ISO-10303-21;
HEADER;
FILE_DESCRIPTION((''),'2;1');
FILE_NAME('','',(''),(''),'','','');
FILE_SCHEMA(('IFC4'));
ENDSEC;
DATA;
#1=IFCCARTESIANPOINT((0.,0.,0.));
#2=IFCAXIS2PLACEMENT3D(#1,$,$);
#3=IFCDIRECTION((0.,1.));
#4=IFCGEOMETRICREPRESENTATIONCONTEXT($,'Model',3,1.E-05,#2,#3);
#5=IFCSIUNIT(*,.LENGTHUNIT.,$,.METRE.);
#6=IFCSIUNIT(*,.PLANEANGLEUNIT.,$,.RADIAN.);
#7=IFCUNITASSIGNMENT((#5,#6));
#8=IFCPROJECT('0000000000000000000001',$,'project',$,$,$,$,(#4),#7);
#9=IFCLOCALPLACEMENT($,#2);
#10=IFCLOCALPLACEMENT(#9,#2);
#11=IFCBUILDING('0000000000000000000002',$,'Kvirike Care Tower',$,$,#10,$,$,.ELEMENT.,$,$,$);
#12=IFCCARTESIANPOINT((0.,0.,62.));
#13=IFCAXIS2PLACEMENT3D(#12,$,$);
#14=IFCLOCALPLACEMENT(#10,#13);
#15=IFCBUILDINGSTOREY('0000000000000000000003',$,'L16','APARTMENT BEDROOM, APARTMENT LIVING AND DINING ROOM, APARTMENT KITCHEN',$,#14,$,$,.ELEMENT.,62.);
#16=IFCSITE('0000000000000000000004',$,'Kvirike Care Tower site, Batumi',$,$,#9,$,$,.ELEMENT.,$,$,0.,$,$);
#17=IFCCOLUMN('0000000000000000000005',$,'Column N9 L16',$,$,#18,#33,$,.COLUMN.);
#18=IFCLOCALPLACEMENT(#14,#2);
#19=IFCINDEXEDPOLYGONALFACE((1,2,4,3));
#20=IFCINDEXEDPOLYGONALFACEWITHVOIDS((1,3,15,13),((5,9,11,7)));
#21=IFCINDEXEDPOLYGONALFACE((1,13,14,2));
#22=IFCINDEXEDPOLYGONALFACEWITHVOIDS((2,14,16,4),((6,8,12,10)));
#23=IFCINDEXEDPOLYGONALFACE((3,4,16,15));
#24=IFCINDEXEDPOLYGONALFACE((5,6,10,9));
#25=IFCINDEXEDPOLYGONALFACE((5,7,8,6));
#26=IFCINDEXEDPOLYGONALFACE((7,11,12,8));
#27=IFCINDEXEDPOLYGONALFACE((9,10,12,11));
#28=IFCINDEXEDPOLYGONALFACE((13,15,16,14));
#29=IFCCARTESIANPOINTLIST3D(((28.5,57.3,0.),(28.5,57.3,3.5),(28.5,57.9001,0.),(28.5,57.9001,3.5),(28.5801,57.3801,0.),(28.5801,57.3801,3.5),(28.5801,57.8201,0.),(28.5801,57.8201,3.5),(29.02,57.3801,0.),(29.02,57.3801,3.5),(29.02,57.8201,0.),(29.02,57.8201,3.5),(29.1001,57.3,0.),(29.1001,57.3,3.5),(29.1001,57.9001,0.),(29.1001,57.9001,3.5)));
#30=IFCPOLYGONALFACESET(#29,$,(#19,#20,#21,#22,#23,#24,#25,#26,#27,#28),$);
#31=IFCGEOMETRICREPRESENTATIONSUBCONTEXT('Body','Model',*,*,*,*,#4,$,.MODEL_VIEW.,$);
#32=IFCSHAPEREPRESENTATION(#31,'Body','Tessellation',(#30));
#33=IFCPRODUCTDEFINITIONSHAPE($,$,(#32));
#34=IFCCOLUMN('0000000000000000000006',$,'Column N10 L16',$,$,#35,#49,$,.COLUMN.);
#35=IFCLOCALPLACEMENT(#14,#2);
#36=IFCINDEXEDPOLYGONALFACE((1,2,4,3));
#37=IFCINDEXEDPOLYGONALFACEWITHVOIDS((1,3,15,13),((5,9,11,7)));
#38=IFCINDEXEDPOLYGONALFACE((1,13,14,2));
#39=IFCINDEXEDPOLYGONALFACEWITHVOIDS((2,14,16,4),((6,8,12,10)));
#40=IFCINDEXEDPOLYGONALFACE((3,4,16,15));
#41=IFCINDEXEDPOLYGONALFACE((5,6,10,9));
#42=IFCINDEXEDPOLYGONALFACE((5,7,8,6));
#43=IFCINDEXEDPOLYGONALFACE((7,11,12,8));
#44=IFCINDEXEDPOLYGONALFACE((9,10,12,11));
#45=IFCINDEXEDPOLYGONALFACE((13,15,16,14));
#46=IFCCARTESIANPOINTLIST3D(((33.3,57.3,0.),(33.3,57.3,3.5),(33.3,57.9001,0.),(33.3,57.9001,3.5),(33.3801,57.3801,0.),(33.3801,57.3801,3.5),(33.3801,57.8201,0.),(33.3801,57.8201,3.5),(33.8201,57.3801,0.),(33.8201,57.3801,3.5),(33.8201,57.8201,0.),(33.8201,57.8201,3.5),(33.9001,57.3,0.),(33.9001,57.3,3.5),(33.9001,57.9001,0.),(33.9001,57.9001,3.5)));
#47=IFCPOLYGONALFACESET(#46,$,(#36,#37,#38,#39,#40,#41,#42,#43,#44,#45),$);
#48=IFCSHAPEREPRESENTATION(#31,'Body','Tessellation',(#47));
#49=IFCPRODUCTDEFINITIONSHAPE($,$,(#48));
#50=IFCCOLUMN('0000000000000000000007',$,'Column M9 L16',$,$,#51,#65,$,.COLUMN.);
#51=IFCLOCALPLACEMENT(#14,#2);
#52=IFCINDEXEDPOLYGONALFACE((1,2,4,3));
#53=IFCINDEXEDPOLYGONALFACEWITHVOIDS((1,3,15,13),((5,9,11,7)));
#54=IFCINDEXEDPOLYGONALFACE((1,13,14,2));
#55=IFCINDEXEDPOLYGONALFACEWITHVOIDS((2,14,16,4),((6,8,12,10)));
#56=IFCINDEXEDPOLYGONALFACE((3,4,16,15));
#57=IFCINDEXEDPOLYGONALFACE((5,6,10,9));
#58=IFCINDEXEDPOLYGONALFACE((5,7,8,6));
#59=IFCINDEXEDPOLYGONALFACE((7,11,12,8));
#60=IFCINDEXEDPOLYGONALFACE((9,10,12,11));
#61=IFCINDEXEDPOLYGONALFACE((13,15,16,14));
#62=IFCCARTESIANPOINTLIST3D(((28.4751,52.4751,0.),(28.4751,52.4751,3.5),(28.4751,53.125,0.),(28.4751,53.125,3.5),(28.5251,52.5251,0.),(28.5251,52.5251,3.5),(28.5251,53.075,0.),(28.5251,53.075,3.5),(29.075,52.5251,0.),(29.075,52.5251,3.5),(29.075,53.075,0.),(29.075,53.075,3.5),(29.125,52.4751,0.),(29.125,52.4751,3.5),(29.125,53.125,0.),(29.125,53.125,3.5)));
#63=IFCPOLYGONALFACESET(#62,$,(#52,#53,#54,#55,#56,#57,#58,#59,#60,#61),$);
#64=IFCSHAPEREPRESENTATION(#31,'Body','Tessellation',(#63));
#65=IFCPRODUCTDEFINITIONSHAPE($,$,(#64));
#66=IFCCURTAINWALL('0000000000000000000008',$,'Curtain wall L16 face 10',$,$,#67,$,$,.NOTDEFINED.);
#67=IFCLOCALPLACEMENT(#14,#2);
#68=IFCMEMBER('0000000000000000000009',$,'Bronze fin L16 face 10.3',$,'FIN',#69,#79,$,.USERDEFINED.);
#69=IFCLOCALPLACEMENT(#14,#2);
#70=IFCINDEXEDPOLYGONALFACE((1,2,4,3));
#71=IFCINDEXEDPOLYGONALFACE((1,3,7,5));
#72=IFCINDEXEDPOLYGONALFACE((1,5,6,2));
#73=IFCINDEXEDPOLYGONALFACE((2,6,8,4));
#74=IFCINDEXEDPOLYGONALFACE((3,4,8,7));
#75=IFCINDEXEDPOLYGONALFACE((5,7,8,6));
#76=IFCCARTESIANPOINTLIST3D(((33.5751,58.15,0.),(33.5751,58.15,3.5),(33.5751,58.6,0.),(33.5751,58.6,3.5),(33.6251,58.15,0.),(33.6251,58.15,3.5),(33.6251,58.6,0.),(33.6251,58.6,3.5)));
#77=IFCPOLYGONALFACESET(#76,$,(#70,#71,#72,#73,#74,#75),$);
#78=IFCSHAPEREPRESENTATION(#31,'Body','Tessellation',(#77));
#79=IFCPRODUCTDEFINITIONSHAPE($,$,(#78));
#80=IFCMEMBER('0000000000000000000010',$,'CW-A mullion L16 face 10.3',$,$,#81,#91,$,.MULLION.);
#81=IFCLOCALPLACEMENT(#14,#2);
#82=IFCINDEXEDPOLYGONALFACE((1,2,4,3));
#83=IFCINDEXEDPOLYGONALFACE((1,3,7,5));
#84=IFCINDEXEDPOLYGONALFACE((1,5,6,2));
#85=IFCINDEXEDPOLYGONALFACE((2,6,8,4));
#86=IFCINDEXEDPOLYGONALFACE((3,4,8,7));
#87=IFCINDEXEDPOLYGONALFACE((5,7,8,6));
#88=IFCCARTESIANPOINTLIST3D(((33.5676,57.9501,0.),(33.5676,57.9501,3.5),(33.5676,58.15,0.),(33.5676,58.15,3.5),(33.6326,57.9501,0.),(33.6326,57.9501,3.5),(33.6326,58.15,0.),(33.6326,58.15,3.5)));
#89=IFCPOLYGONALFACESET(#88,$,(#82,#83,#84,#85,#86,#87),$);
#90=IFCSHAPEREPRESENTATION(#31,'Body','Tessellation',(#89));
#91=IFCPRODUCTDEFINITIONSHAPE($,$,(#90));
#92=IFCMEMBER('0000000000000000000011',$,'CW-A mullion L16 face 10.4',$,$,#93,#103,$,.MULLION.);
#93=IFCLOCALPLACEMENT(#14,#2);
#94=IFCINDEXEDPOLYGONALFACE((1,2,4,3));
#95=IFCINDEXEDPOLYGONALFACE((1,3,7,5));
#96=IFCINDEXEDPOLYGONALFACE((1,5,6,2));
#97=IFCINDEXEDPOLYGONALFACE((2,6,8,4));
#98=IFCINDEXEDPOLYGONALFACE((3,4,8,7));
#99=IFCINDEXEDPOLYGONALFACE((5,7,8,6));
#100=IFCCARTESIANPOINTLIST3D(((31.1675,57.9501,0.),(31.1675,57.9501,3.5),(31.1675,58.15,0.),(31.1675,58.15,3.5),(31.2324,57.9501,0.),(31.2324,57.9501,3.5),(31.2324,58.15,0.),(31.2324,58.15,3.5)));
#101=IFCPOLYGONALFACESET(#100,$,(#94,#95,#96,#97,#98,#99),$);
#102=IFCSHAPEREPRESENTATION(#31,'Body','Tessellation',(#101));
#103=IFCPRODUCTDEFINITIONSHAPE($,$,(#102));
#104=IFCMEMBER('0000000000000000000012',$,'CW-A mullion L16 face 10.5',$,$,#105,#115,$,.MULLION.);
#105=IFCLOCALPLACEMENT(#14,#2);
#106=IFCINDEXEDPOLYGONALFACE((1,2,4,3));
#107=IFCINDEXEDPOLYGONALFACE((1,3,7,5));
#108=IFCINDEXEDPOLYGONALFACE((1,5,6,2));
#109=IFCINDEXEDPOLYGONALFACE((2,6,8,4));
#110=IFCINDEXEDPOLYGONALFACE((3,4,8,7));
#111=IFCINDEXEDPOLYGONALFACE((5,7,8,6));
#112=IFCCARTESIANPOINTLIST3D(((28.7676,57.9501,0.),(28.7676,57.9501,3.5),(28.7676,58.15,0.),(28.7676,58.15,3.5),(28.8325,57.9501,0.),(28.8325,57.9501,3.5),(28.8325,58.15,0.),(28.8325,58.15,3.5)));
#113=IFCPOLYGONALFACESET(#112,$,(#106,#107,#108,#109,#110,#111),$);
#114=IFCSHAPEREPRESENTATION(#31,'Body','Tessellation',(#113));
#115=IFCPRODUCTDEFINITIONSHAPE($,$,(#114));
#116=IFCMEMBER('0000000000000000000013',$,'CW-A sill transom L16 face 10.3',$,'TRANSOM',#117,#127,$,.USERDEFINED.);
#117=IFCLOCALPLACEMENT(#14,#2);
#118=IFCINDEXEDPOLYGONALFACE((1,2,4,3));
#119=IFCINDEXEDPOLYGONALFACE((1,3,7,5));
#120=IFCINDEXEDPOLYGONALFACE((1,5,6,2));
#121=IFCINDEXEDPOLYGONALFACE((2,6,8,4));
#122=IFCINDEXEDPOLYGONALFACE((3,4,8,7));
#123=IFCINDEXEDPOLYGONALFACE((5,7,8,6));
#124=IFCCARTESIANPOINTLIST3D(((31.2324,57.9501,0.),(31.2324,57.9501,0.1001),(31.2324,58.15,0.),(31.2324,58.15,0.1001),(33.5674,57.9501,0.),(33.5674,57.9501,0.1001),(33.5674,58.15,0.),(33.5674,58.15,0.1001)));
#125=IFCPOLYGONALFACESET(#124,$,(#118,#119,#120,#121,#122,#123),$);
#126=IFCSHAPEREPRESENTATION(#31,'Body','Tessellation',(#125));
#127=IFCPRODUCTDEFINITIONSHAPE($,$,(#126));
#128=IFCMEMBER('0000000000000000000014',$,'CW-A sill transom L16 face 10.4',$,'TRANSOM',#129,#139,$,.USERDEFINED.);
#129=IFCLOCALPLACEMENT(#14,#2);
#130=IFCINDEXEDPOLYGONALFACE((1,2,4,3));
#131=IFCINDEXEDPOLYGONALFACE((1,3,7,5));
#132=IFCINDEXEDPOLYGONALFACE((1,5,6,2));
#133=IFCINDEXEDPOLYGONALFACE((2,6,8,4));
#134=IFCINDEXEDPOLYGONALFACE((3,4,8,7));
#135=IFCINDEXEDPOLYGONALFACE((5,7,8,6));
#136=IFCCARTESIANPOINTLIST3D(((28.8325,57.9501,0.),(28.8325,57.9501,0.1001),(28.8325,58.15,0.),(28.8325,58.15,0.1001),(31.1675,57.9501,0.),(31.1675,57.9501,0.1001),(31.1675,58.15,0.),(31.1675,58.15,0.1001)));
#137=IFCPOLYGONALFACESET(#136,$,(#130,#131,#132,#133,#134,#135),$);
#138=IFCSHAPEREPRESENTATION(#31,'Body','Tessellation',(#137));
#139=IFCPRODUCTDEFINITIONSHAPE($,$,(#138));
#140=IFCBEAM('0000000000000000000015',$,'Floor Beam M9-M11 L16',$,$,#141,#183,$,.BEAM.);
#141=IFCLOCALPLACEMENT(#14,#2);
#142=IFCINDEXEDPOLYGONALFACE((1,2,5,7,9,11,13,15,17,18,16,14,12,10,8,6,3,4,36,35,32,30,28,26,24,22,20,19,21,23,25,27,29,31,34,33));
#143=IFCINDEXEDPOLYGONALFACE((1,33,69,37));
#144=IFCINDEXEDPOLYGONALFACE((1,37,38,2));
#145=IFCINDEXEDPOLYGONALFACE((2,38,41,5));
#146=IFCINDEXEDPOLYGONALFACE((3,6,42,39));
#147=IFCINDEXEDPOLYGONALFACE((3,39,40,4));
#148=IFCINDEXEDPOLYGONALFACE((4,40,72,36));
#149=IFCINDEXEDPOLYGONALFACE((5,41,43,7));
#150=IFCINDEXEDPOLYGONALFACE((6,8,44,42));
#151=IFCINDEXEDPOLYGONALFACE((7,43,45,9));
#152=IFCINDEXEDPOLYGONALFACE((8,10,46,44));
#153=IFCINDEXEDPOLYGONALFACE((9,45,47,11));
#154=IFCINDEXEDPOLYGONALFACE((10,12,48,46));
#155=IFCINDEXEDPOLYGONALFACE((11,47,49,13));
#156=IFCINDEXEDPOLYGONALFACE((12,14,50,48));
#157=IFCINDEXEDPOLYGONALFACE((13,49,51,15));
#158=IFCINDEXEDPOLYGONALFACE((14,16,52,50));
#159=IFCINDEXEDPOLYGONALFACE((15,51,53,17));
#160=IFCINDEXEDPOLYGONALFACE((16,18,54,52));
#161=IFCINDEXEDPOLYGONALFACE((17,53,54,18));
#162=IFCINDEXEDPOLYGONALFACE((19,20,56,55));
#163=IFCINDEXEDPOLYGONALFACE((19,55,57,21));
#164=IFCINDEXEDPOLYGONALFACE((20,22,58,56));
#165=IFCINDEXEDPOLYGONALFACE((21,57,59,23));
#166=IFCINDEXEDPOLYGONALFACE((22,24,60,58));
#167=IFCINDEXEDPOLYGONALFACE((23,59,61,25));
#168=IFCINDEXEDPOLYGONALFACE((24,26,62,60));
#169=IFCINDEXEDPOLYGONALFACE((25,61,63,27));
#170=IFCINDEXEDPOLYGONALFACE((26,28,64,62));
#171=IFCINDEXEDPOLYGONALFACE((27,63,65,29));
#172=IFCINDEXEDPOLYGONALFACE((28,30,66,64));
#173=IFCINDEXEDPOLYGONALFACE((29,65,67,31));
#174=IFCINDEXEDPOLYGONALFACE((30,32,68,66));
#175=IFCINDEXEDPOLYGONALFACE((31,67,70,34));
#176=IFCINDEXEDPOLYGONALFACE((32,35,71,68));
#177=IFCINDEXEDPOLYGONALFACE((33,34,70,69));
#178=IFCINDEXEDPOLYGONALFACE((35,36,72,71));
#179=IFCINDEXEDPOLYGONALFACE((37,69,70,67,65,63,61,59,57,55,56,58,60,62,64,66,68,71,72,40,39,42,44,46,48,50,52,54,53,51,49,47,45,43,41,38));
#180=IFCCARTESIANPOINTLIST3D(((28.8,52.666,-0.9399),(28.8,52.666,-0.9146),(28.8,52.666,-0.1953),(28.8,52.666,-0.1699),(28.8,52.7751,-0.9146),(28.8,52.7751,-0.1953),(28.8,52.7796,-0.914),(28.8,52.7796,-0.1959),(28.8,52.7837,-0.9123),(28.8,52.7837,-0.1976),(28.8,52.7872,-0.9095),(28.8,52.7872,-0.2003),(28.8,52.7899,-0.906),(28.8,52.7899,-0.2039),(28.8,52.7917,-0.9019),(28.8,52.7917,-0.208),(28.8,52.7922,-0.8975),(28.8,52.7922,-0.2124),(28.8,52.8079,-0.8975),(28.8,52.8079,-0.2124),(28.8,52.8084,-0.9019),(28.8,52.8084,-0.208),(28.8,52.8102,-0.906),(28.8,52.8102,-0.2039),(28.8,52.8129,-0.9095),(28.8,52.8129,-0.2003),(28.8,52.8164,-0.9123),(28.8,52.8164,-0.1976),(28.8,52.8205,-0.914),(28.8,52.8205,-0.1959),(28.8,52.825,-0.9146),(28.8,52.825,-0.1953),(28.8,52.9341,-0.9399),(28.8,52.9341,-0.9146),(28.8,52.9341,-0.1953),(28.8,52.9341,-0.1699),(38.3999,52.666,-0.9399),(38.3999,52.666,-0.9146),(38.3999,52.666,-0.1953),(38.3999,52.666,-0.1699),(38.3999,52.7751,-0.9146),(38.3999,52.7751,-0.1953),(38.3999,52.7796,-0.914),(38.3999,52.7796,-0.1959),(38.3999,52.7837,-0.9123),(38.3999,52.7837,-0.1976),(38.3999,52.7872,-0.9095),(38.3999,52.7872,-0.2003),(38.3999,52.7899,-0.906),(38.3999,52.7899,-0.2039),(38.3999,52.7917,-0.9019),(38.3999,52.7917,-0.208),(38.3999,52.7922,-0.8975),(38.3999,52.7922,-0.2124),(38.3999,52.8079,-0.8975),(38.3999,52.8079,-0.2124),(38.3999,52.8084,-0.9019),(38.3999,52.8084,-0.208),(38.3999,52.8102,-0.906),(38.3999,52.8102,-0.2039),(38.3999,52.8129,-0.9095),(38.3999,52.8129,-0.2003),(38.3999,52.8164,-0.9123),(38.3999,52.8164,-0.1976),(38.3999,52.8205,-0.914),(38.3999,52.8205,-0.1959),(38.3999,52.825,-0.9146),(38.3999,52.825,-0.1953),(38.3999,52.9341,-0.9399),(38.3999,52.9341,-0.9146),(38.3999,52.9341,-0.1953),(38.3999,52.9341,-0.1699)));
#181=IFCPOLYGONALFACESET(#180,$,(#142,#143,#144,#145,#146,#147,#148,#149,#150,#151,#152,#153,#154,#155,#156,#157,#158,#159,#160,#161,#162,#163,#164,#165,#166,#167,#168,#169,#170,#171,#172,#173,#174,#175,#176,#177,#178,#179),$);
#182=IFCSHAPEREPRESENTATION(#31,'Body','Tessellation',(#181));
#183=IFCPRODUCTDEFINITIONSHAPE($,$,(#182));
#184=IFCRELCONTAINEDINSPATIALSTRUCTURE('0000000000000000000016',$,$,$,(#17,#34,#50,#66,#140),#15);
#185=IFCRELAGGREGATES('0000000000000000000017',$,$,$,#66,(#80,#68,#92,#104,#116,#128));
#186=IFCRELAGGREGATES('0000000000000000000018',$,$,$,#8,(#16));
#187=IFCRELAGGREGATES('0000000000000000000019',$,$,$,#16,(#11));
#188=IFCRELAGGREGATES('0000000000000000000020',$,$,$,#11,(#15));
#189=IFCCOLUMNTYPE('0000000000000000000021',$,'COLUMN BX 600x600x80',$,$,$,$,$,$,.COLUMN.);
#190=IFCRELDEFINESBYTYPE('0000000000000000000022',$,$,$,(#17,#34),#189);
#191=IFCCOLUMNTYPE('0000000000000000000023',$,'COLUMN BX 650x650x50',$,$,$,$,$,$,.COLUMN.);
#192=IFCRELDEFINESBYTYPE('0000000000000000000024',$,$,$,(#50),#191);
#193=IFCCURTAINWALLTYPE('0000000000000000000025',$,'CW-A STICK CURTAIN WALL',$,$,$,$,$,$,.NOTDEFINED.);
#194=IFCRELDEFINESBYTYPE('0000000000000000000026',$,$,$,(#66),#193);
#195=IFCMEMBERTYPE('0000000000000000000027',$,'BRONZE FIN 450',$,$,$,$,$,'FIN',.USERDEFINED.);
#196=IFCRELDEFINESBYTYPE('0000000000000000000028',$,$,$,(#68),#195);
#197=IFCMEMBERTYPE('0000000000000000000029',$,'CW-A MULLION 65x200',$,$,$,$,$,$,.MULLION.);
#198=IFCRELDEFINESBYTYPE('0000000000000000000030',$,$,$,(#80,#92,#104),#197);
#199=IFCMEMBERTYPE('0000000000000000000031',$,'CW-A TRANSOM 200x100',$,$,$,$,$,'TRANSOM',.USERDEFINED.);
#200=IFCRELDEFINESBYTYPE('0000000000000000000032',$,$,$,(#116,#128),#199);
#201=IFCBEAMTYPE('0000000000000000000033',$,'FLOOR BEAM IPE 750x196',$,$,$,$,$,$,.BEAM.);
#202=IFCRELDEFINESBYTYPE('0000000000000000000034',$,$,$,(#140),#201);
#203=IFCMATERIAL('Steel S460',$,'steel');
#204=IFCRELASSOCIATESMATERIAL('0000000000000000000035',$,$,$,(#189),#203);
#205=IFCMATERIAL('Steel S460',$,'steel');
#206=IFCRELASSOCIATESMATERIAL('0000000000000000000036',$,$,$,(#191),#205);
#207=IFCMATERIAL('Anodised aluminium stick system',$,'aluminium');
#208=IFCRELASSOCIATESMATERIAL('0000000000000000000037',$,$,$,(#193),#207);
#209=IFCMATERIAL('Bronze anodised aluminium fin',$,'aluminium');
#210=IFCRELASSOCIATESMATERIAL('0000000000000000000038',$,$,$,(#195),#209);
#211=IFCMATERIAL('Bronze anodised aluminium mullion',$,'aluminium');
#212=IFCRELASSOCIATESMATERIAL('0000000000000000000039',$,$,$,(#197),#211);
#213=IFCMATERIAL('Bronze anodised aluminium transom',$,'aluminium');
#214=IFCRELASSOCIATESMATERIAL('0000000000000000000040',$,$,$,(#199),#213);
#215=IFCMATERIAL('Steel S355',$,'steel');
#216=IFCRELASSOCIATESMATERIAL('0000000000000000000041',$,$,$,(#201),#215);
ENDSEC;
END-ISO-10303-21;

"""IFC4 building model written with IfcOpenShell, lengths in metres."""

from ifc_helpers import new_model, si_unit, direction, frame, origin, origin_2d, place, context, subcontext, project, spatial, rectangle, hollow_rectangle, i_section, extrude, material, material_profile, profile_set, type_object, element, aggregate, save


model = new_model("IFC4")

# Units and contexts
model_context = context("Model", 3, precision=1e-05, world=origin(), true_north=direction((0.0, 1.0)))
body_context = subcontext(model_context, "Body", "Model", "MODEL_VIEW")
ifc_project = project(units=[si_unit("LENGTHUNIT", "METRE"), si_unit("PLANEANGLEUNIT", "RADIAN")], contexts=[model_context])

# Site, building, storey
site_placement = place(None, origin())
site = spatial("IfcSite", under=ifc_project, at=site_placement, Name="Kvirike Care Tower site, Batumi", CompositionType="ELEMENT", RefElevation=0.0)
building_placement = place(site_placement, origin())
building = spatial("IfcBuilding", under=site, at=building_placement, Name="Kvirike Care Tower", CompositionType="ELEMENT")
storey_placement = place(building_placement, frame((0.0, 0.0, 62.0)))
storey = spatial("IfcBuildingStorey", under=building, at=storey_placement, Name="L16", Description="APARTMENT BEDROOM, APARTMENT LIVING AND DINING ROOM, APARTMENT KITCHEN", CompositionType="ELEMENT", Elevation=62.0)

# Columns
ifc_material_1 = material(Name="Steel S460", Category="steel")
ifc_material_profile_1 = material_profile(ifc_material_1, hollow_rectangle(XDim=0.6001, YDim=0.6001, WallThickness=0.0801, at=origin_2d()), Name="BX 600x600x80")
ifc_profile_set_1 = profile_set([ifc_material_profile_1], Name="Steel S460")
column_type_1 = type_object("IfcColumnType", Name="COLUMN BX 600x600x80", PredefinedType="COLUMN", material=ifc_profile_set_1)
for number, where, z_axis, x_axis, name in (
    (1, (28.8, 57.6001, 0.0), (0.0, 0.0, 1.0), (0.0, 1.0, 0.0), "Column N9 L16"),
    (2, (33.6001, 57.6001, 0.0), (0.0, 0.0, 1.0), (0.0, 1.0, 0.0), "Column N10 L16"),
):
    element("IfcColumn", number, at=place(storey_placement, frame(where, z_axis=z_axis, x_axis=x_axis)), inside=storey, type_object=column_type_1, Name=name, PredefinedType="COLUMN", context=body_context, shape_type="SweptSolid", body=[
        extrude(hollow_rectangle(XDim=0.6001, YDim=0.6001, WallThickness=0.0801, at=origin_2d()), origin(), (0.0, 0.0, 1.0), 3.5),
    ])
ifc_material_2 = material(Name="Steel S460", Category="steel")
ifc_material_profile_2 = material_profile(ifc_material_2, hollow_rectangle(XDim=0.6499, YDim=0.6499, WallThickness=0.05, at=origin_2d()), Name="BX 650x650x50")
ifc_profile_set_2 = profile_set([ifc_material_profile_2], Name="Steel S460")
column_type_2 = type_object("IfcColumnType", Name="COLUMN BX 650x650x50", PredefinedType="COLUMN", material=ifc_profile_set_2)
column_placement = place(storey_placement, frame((28.8, 52.8, 0.0), z_axis=(0.0, 0.0, 1.0), x_axis=(1.0, 0.0, 0.0)))
element("IfcColumn", 3, at=column_placement, inside=storey, type_object=column_type_2, Name="Column M9 L16", PredefinedType="COLUMN", context=body_context, shape_type="SweptSolid", body=[
    extrude(hollow_rectangle(XDim=0.6499, YDim=0.6499, WallThickness=0.05, at=origin_2d()), origin(), (0.0, 0.0, 1.0), 3.5),
])

# Curtain wall, members
ifc_material_3 = material(Name="Anodised aluminium stick system", Category="aluminium")
curtain_wall_type = type_object("IfcCurtainWallType", Name="CW-A STICK CURTAIN WALL", PredefinedType="NOTDEFINED", material=ifc_material_3)
curtain_wall_placement = place(storey_placement, origin())
curtain_wall = element("IfcCurtainWall", 4, at=curtain_wall_placement, inside=storey, type_object=curtain_wall_type, Name="Curtain wall L16 face 10", PredefinedType="NOTDEFINED")
ifc_material_4 = material(Name="Bronze anodised aluminium fin", Category="aluminium")
ifc_material_profile_3 = material_profile(ifc_material_4, rectangle(XDim=0.05, YDim=0.45, at=origin_2d()), Name="BRONZE FIN 450")
ifc_profile_set_3 = profile_set([ifc_material_profile_3], Name="Bronze anodised aluminium fin")
member_type_1 = type_object("IfcMemberType", Name="BRONZE FIN 450", ElementType="FIN", PredefinedType="USERDEFINED", material=ifc_profile_set_3)
member_1_placement = place(storey_placement, frame((33.6001, 58.375, 0.0), z_axis=(0.0, 0.0, 1.0), x_axis=(-1.0, 0.0, 0.0)))
member_1 = element("IfcMember", 5, at=member_1_placement, type_object=member_type_1, Name="Bronze fin L16 face 10.3", ObjectType="FIN", PredefinedType="USERDEFINED", context=body_context, shape_type="SweptSolid", body=[
    extrude(rectangle(XDim=0.05, YDim=0.45, at=origin_2d()), origin(), (0.0, 0.0, 1.0), 3.5),
])
ifc_material_5 = material(Name="Bronze anodised aluminium mullion", Category="aluminium")
ifc_material_profile_4 = material_profile(ifc_material_5, rectangle(XDim=0.0649, YDim=0.2, at=origin_2d()), Name="CW-A MULLION 65x200")
ifc_profile_set_4 = profile_set([ifc_material_profile_4], Name="Bronze anodised aluminium mullion")
member_type_2 = type_object("IfcMemberType", Name="CW-A MULLION 65x200", PredefinedType="MULLION", material=ifc_profile_set_4)
member_2_placement = place(storey_placement, frame((33.6001, 58.05, 0.0), z_axis=(0.0, 0.0, 1.0), x_axis=(-1.0, 0.0, 0.0)))
member_2 = element("IfcMember", 6, at=member_2_placement, type_object=member_type_2, Name="CW-A mullion L16 face 10.3", PredefinedType="MULLION", context=body_context, shape_type="SweptSolid", body=[
    extrude(rectangle(XDim=0.0649, YDim=0.2, at=origin_2d()), origin(), (0.0, 0.0, 1.0), 3.5),
])
member_3_placement = place(storey_placement, frame((31.2, 58.05, 0.0), z_axis=(0.0, 0.0, 1.0), x_axis=(-1.0, 0.0, 0.0)))
member_3 = element("IfcMember", 7, at=member_3_placement, type_object=member_type_2, Name="CW-A mullion L16 face 10.4", PredefinedType="MULLION", context=body_context, shape_type="SweptSolid", body=[
    extrude(rectangle(XDim=0.0649, YDim=0.2, at=origin_2d()), origin(), (0.0, 0.0, 1.0), 3.5),
])
member_4_placement = place(storey_placement, frame((28.8, 58.05, 0.0), z_axis=(0.0, 0.0, 1.0), x_axis=(-1.0, 0.0, 0.0)))
member_4 = element("IfcMember", 8, at=member_4_placement, type_object=member_type_2, Name="CW-A mullion L16 face 10.5", PredefinedType="MULLION", context=body_context, shape_type="SweptSolid", body=[
    extrude(rectangle(XDim=0.0649, YDim=0.2, at=origin_2d()), origin(), (0.0, 0.0, 1.0), 3.5),
])
ifc_material_6 = material(Name="Bronze anodised aluminium transom", Category="aluminium")
ifc_material_profile_5 = material_profile(ifc_material_6, rectangle(XDim=0.2, YDim=0.1001, at=origin_2d()), Name="CW-A TRANSOM 200x100")
ifc_profile_set_5 = profile_set([ifc_material_profile_5], Name="Bronze anodised aluminium transom")
member_type_3 = type_object("IfcMemberType", Name="CW-A TRANSOM 200x100", ElementType="TRANSOM", PredefinedType="USERDEFINED", material=ifc_profile_set_5)
member_5_placement = place(storey_placement, frame((33.5674, 58.05, 0.05), z_axis=(-1.0, 0.0, 0.0), x_axis=(0.0, -1.0, 0.0)))
member_5 = element("IfcMember", 9, at=member_5_placement, type_object=member_type_3, Name="CW-A sill transom L16 face 10.3", ObjectType="TRANSOM", PredefinedType="USERDEFINED", context=body_context, shape_type="SweptSolid", body=[
    extrude(rectangle(XDim=0.2, YDim=0.1001, at=origin_2d()), origin(), (0.0, 0.0, 1.0), 2.335),
])
member_6_placement = place(storey_placement, frame((31.1675, 58.05, 0.05), z_axis=(-1.0, 0.0, 0.0), x_axis=(0.0, -1.0, 0.0)))
member_6 = element("IfcMember", 10, at=member_6_placement, type_object=member_type_3, Name="CW-A sill transom L16 face 10.4", ObjectType="TRANSOM", PredefinedType="USERDEFINED", context=body_context, shape_type="SweptSolid", body=[
    extrude(rectangle(XDim=0.2, YDim=0.1001, at=origin_2d()), origin(), (0.0, 0.0, 1.0), 2.335),
])

# Beam
ifc_material_7 = material(Name="Steel S355", Category="steel")
ifc_material_profile_6 = material_profile(ifc_material_7, i_section(OverallWidth=0.2681, OverallDepth=0.77, WebThickness=0.0156, FlangeThickness=0.0254, FilletRadius=0.0171, at=origin_2d()), Name="IPE 750x196")
ifc_profile_set_6 = profile_set([ifc_material_profile_6], Name="Steel S355")
beam_type_1 = type_object("IfcBeamType", Name="FLOOR BEAM IPE 750x196", PredefinedType="BEAM", material=ifc_profile_set_6)
beam_1_placement = place(storey_placement, frame((28.8, 52.8, -0.5549), z_axis=(1.0, 0.0, 0.0), x_axis=(0.0, 1.0, 0.0)))
element("IfcBeam", 11, at=beam_1_placement, inside=storey, type_object=beam_type_1, Name="Floor Beam M9-M11 L16", PredefinedType="BEAM", context=body_context, shape_type="SweptSolid", body=[
    extrude(i_section(OverallWidth=0.2681, OverallDepth=0.77, WebThickness=0.0156, FlangeThickness=0.0254, FilletRadius=0.0171, at=origin_2d()), origin(), (0.0, 0.0, 1.0), 9.5999),
])

aggregate(curtain_wall, [member_2, member_1, member_3, member_4, member_5, member_6])

save(model, "model.ifc")
